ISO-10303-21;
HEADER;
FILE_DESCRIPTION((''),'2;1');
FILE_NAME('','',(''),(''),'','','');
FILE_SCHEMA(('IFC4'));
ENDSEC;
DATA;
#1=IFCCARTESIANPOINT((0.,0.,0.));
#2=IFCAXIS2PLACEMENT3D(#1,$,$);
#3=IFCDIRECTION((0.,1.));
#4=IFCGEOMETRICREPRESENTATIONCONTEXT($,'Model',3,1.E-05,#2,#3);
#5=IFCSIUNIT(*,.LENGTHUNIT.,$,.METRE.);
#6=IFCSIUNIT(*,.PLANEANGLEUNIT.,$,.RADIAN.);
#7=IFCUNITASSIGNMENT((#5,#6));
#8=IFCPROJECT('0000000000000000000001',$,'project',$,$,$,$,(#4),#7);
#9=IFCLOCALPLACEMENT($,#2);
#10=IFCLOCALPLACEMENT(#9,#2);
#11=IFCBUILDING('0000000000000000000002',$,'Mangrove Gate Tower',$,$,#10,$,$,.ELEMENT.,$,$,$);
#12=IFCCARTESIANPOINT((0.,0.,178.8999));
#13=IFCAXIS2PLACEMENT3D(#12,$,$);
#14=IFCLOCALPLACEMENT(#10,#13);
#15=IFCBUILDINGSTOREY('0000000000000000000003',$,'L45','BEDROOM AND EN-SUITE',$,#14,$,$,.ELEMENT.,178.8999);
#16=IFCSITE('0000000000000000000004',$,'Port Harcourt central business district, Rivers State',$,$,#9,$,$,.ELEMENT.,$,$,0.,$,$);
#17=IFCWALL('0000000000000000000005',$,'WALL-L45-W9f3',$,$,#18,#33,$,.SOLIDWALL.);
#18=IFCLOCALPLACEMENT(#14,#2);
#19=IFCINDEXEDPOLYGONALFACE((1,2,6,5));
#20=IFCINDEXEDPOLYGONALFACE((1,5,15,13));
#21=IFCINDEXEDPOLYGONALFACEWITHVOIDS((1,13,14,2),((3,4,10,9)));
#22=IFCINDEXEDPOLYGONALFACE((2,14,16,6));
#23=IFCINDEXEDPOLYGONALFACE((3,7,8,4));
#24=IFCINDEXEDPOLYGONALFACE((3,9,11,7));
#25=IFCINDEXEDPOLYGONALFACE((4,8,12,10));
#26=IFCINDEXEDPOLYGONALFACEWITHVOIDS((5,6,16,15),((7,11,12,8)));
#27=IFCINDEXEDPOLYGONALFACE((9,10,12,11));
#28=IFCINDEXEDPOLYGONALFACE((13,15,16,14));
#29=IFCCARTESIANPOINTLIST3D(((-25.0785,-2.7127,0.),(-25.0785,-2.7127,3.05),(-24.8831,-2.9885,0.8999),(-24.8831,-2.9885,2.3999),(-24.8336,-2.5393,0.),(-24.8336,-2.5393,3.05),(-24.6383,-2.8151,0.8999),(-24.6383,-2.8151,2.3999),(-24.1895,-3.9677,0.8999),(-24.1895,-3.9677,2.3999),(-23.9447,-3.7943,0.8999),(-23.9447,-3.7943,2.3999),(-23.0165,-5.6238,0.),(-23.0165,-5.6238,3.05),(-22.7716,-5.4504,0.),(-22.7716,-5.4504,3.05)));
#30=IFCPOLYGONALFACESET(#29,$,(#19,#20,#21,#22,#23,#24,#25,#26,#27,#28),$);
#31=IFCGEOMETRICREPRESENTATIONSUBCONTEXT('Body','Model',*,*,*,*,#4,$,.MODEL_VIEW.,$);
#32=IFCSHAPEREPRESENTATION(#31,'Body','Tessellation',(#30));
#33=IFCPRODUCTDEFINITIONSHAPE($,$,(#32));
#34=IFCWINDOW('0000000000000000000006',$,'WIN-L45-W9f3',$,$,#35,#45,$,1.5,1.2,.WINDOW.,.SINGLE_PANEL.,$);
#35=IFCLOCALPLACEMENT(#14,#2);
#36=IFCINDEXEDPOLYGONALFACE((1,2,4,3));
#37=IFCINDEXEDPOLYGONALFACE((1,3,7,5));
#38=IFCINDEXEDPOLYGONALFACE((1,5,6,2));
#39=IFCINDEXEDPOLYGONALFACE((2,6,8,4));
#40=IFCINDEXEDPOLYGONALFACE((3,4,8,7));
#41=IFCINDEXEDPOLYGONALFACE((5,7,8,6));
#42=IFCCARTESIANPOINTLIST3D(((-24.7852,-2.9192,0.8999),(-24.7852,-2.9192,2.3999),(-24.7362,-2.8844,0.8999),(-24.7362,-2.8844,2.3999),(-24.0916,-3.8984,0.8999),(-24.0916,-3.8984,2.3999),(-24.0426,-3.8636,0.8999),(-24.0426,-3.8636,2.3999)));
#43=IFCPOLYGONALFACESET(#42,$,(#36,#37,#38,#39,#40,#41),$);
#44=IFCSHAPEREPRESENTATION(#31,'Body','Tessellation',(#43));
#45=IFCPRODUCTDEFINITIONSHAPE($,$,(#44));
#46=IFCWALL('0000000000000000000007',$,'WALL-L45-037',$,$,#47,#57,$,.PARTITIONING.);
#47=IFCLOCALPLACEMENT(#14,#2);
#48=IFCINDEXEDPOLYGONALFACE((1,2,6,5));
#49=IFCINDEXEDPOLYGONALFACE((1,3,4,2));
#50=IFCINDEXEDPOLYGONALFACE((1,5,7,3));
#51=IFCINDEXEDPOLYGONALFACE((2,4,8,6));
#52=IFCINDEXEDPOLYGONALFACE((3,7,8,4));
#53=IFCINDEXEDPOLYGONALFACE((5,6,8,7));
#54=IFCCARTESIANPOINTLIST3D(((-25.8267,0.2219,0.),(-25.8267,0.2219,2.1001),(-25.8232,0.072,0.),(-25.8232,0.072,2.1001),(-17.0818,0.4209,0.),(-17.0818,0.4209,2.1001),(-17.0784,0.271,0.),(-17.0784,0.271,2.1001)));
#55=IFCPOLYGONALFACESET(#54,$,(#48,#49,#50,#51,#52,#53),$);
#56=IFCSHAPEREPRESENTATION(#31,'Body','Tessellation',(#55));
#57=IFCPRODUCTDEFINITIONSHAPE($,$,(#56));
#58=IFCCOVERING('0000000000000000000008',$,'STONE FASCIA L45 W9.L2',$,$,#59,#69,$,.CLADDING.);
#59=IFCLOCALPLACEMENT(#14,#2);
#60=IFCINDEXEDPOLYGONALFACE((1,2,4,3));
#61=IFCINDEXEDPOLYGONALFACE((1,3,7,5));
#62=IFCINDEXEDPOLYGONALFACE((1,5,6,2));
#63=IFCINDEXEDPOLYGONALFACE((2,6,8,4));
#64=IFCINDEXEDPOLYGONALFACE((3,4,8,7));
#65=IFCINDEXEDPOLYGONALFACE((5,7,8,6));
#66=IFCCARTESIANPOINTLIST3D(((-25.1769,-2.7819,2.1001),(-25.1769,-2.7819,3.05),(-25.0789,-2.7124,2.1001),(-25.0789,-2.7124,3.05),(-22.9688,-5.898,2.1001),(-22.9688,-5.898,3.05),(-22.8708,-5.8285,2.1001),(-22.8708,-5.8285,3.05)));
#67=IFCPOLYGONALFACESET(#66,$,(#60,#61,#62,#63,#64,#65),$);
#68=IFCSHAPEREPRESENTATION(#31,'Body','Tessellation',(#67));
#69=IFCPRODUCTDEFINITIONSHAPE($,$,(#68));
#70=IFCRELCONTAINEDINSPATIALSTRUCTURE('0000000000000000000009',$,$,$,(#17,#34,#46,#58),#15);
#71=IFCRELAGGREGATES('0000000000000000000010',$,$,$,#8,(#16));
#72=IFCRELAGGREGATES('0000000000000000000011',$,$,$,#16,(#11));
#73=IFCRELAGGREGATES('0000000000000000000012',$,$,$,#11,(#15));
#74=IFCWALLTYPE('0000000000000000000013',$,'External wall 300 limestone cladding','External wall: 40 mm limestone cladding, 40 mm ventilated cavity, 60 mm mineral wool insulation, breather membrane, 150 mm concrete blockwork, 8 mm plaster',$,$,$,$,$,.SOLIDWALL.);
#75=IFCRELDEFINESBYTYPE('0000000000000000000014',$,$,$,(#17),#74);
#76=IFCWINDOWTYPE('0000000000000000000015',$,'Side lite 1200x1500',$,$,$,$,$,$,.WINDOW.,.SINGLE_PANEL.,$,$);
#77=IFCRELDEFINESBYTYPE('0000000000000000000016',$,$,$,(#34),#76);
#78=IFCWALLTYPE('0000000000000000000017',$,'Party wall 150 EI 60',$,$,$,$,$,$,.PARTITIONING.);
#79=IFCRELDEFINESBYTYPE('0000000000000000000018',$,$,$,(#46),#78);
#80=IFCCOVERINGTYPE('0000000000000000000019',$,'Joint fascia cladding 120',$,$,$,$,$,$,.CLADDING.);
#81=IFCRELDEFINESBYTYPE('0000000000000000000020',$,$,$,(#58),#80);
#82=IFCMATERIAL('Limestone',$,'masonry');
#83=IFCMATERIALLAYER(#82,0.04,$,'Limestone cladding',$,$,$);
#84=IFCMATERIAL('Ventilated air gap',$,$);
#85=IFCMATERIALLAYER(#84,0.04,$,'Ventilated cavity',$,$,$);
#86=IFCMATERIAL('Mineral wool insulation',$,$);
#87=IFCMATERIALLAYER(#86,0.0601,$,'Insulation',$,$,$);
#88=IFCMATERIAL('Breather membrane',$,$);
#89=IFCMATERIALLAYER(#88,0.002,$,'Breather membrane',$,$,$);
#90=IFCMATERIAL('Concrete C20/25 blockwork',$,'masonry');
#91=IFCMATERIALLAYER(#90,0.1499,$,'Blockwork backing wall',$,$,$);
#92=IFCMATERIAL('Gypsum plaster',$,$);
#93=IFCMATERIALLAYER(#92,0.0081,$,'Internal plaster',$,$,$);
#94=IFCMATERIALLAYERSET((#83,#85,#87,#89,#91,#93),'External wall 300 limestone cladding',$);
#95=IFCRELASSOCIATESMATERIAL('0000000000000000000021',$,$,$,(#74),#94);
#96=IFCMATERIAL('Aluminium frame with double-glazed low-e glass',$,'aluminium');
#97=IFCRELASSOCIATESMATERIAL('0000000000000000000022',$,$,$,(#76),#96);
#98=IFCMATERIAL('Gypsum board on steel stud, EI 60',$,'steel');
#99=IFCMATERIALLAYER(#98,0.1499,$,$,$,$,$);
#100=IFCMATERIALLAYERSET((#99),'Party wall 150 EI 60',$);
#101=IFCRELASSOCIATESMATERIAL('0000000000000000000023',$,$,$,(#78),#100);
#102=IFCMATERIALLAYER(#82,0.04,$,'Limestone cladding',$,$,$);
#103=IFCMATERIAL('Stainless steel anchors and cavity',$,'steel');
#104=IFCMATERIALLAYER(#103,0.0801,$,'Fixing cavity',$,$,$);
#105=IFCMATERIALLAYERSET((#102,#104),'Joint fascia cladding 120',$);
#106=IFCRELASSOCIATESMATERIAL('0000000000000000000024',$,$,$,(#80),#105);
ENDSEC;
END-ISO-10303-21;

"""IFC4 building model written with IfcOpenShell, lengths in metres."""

from ifc_helpers import new_model, si_unit, direction, frame, frame_2d, origin, place, context, subcontext, project, spatial, rectangle, extrude, material, layer, layer_set, type_object, element, fill, save


model = new_model("IFC4")

# Units and contexts
model_context = context("Model", 3, precision=1e-05, world=origin(), true_north=direction((0.0, 1.0)))
body_context = subcontext(model_context, "Body", "Model", "MODEL_VIEW")
ifc_project = project(units=[si_unit("LENGTHUNIT", "METRE"), si_unit("PLANEANGLEUNIT", "RADIAN")], contexts=[model_context])

# Site, building, storey
site_placement = place(None, origin())
site = spatial("IfcSite", under=ifc_project, at=site_placement, Name="Port Harcourt central business district, Rivers State", CompositionType="ELEMENT", RefElevation=0.0)
building_placement = place(site_placement, origin())
building = spatial("IfcBuilding", under=site, at=building_placement, Name="Mangrove Gate Tower", CompositionType="ELEMENT")
storey_placement = place(building_placement, frame((0.0, 0.0, 178.8999)))
storey = spatial("IfcBuildingStorey", under=building, at=storey_placement, Name="L45", Description="BEDROOM AND EN-SUITE", CompositionType="ELEMENT", Elevation=178.8999)

# Wall, opening, window
ifc_material_1 = material(Name="Limestone", Category="masonry")
ifc_layer_1 = layer(ifc_material_1, 0.04, Name="Limestone cladding")
ifc_material_2 = material(Name="Ventilated air gap")
ifc_layer_2 = layer(ifc_material_2, 0.04, Name="Ventilated cavity")
ifc_material_3 = material(Name="Mineral wool insulation")
ifc_layer_3 = layer(ifc_material_3, 0.0601, Name="Insulation")
ifc_material_4 = material(Name="Breather membrane")
ifc_layer_4 = layer(ifc_material_4, 0.002, Name="Breather membrane")
ifc_material_5 = material(Name="Concrete C20/25 blockwork", Category="masonry")
ifc_layer_5 = layer(ifc_material_5, 0.1499, Name="Blockwork backing wall")
ifc_material_6 = material(Name="Gypsum plaster")
ifc_layer_6 = layer(ifc_material_6, 0.0081, Name="Internal plaster")
ifc_layer_set_1 = layer_set([ifc_layer_1, ifc_layer_2, ifc_layer_3, ifc_layer_4, ifc_layer_5, ifc_layer_6], Name="External wall 300 limestone cladding")
wall_type_1 = type_object("IfcWallType", Name="External wall 300 limestone cladding", Description="External wall: 40 mm limestone cladding, 40 mm ventilated cavity, 60 mm mineral wool insulation, breather membrane, 150 mm concrete blockwork, 8 mm plaster", PredefinedType="SOLIDWALL", material=ifc_layer_set_1)
ifc_material_7 = material(Name="Aluminium frame with double-glazed low-e glass", Category="aluminium")
window_type = type_object("IfcWindowType", Name="Side lite 1200x1500", PartitioningType="SINGLE_PANEL", PredefinedType="WINDOW", material=ifc_material_7)
wall_1_placement = place(storey_placement, frame((-24.9561, -2.626, 0.0), z_axis=(0.0, 0.0, 1.0), x_axis=(0.57801, -0.81603, 0.0)))
wall_1 = element("IfcWall", 1, at=wall_1_placement, inside=storey, type_object=wall_type_1, Name="WALL-L45-W9f3", PredefinedType="SOLIDWALL", context=body_context, shape_type="SweptSolid", body=[
    extrude(rectangle(XDim=3.5674, YDim=0.3, at=frame_2d((1.7837, 0.0))), origin(), (0.0, 0.0, 1.0), 3.05),
])
opening_1_placement = place(wall_1_placement, frame((0.3379, 0.0, 0.8999)))
opening_1 = element("IfcOpeningElement", 2, at=opening_1_placement, cuts=wall_1, PredefinedType="OPENING", context=body_context, shape_type="SweptSolid", body=[
    extrude(rectangle(XDim=1.2, YDim=1.5, at=frame_2d((0.6001, 0.75))), frame((0.0, 0.1599, 0.0), z_axis=(0.0, -1.0, 0.0), x_axis=(1.0, 0.0, 0.0)), (0.0, 0.0, 1.0), 0.3201),
])
window_1_placement = place(opening_1_placement, origin())
window_1 = element("IfcWindow", 3, at=window_1_placement, inside=storey, type_object=window_type, Name="WIN-L45-W9f3", OverallHeight=1.5, OverallWidth=1.2, PartitioningType="SINGLE_PANEL", PredefinedType="WINDOW", context=body_context, shape_type="SweptSolid", body=[
    extrude(rectangle(XDim=1.2, YDim=1.5, at=frame_2d((0.6001, 0.75))), frame((0.0, 0.03, 0.0), z_axis=(0.0, -1.0, 0.0), x_axis=(1.0, 0.0, 0.0)), (0.0, 0.0, 1.0), 0.0601),
])
fill(opening_1, window_1)

# Wall
ifc_material_8 = material(Name="Gypsum board on steel stud, EI 60", Category="steel")
ifc_layer_7 = layer(ifc_material_8, 0.1499)
ifc_layer_set_2 = layer_set([ifc_layer_7], Name="Party wall 150 EI 60")
wall_type_2 = type_object("IfcWallType", Name="Party wall 150 EI 60", PredefinedType="PARTITIONING", material=ifc_layer_set_2)
wall_2_placement = place(storey_placement, frame((-25.825, 0.147, 0.0), z_axis=(0.0, 0.0, 1.0), x_axis=(0.999741, 0.022747, 0.0)))
element("IfcWall", 4, at=wall_2_placement, inside=storey, type_object=wall_type_2, Name="WALL-L45-037", PredefinedType="PARTITIONING", context=body_context, shape_type="SweptSolid", body=[
    extrude(rectangle(XDim=8.7471, YDim=0.1499, at=frame_2d((4.3735, 0.0))), origin(), (0.0, 0.0, 1.0), 2.1001),
])

# Covering
ifc_layer_8 = layer(ifc_material_1, 0.04, Name="Limestone cladding")
ifc_material_9 = material(Name="Stainless steel anchors and cavity", Category="steel")
ifc_layer_9 = layer(ifc_material_9, 0.0801, Name="Fixing cavity")
ifc_layer_set_3 = layer_set([ifc_layer_8, ifc_layer_9], Name="Joint fascia cladding 120")
covering_type = type_object("IfcCoveringType", Name="Joint fascia cladding 120", PredefinedType="CLADDING", material=ifc_layer_set_3)
covering_placement = place(storey_placement, frame((-25.1279, -2.7471, 2.1001), z_axis=(0.0, 0.0, 1.0), x_axis=(0.578168, -0.815918, 0.0)))
element("IfcCovering", 5, at=covering_placement, inside=storey, type_object=covering_type, Name="STONE FASCIA L45 W9.L2", PredefinedType="CLADDING", context=body_context, shape_type="SweptSolid", body=[
    extrude(rectangle(XDim=3.8191, YDim=0.1201, at=frame_2d((1.9097, 0.0))), origin(), (0.0, 0.0, 1.0), 0.95),
])

save(model, "model.ifc")
